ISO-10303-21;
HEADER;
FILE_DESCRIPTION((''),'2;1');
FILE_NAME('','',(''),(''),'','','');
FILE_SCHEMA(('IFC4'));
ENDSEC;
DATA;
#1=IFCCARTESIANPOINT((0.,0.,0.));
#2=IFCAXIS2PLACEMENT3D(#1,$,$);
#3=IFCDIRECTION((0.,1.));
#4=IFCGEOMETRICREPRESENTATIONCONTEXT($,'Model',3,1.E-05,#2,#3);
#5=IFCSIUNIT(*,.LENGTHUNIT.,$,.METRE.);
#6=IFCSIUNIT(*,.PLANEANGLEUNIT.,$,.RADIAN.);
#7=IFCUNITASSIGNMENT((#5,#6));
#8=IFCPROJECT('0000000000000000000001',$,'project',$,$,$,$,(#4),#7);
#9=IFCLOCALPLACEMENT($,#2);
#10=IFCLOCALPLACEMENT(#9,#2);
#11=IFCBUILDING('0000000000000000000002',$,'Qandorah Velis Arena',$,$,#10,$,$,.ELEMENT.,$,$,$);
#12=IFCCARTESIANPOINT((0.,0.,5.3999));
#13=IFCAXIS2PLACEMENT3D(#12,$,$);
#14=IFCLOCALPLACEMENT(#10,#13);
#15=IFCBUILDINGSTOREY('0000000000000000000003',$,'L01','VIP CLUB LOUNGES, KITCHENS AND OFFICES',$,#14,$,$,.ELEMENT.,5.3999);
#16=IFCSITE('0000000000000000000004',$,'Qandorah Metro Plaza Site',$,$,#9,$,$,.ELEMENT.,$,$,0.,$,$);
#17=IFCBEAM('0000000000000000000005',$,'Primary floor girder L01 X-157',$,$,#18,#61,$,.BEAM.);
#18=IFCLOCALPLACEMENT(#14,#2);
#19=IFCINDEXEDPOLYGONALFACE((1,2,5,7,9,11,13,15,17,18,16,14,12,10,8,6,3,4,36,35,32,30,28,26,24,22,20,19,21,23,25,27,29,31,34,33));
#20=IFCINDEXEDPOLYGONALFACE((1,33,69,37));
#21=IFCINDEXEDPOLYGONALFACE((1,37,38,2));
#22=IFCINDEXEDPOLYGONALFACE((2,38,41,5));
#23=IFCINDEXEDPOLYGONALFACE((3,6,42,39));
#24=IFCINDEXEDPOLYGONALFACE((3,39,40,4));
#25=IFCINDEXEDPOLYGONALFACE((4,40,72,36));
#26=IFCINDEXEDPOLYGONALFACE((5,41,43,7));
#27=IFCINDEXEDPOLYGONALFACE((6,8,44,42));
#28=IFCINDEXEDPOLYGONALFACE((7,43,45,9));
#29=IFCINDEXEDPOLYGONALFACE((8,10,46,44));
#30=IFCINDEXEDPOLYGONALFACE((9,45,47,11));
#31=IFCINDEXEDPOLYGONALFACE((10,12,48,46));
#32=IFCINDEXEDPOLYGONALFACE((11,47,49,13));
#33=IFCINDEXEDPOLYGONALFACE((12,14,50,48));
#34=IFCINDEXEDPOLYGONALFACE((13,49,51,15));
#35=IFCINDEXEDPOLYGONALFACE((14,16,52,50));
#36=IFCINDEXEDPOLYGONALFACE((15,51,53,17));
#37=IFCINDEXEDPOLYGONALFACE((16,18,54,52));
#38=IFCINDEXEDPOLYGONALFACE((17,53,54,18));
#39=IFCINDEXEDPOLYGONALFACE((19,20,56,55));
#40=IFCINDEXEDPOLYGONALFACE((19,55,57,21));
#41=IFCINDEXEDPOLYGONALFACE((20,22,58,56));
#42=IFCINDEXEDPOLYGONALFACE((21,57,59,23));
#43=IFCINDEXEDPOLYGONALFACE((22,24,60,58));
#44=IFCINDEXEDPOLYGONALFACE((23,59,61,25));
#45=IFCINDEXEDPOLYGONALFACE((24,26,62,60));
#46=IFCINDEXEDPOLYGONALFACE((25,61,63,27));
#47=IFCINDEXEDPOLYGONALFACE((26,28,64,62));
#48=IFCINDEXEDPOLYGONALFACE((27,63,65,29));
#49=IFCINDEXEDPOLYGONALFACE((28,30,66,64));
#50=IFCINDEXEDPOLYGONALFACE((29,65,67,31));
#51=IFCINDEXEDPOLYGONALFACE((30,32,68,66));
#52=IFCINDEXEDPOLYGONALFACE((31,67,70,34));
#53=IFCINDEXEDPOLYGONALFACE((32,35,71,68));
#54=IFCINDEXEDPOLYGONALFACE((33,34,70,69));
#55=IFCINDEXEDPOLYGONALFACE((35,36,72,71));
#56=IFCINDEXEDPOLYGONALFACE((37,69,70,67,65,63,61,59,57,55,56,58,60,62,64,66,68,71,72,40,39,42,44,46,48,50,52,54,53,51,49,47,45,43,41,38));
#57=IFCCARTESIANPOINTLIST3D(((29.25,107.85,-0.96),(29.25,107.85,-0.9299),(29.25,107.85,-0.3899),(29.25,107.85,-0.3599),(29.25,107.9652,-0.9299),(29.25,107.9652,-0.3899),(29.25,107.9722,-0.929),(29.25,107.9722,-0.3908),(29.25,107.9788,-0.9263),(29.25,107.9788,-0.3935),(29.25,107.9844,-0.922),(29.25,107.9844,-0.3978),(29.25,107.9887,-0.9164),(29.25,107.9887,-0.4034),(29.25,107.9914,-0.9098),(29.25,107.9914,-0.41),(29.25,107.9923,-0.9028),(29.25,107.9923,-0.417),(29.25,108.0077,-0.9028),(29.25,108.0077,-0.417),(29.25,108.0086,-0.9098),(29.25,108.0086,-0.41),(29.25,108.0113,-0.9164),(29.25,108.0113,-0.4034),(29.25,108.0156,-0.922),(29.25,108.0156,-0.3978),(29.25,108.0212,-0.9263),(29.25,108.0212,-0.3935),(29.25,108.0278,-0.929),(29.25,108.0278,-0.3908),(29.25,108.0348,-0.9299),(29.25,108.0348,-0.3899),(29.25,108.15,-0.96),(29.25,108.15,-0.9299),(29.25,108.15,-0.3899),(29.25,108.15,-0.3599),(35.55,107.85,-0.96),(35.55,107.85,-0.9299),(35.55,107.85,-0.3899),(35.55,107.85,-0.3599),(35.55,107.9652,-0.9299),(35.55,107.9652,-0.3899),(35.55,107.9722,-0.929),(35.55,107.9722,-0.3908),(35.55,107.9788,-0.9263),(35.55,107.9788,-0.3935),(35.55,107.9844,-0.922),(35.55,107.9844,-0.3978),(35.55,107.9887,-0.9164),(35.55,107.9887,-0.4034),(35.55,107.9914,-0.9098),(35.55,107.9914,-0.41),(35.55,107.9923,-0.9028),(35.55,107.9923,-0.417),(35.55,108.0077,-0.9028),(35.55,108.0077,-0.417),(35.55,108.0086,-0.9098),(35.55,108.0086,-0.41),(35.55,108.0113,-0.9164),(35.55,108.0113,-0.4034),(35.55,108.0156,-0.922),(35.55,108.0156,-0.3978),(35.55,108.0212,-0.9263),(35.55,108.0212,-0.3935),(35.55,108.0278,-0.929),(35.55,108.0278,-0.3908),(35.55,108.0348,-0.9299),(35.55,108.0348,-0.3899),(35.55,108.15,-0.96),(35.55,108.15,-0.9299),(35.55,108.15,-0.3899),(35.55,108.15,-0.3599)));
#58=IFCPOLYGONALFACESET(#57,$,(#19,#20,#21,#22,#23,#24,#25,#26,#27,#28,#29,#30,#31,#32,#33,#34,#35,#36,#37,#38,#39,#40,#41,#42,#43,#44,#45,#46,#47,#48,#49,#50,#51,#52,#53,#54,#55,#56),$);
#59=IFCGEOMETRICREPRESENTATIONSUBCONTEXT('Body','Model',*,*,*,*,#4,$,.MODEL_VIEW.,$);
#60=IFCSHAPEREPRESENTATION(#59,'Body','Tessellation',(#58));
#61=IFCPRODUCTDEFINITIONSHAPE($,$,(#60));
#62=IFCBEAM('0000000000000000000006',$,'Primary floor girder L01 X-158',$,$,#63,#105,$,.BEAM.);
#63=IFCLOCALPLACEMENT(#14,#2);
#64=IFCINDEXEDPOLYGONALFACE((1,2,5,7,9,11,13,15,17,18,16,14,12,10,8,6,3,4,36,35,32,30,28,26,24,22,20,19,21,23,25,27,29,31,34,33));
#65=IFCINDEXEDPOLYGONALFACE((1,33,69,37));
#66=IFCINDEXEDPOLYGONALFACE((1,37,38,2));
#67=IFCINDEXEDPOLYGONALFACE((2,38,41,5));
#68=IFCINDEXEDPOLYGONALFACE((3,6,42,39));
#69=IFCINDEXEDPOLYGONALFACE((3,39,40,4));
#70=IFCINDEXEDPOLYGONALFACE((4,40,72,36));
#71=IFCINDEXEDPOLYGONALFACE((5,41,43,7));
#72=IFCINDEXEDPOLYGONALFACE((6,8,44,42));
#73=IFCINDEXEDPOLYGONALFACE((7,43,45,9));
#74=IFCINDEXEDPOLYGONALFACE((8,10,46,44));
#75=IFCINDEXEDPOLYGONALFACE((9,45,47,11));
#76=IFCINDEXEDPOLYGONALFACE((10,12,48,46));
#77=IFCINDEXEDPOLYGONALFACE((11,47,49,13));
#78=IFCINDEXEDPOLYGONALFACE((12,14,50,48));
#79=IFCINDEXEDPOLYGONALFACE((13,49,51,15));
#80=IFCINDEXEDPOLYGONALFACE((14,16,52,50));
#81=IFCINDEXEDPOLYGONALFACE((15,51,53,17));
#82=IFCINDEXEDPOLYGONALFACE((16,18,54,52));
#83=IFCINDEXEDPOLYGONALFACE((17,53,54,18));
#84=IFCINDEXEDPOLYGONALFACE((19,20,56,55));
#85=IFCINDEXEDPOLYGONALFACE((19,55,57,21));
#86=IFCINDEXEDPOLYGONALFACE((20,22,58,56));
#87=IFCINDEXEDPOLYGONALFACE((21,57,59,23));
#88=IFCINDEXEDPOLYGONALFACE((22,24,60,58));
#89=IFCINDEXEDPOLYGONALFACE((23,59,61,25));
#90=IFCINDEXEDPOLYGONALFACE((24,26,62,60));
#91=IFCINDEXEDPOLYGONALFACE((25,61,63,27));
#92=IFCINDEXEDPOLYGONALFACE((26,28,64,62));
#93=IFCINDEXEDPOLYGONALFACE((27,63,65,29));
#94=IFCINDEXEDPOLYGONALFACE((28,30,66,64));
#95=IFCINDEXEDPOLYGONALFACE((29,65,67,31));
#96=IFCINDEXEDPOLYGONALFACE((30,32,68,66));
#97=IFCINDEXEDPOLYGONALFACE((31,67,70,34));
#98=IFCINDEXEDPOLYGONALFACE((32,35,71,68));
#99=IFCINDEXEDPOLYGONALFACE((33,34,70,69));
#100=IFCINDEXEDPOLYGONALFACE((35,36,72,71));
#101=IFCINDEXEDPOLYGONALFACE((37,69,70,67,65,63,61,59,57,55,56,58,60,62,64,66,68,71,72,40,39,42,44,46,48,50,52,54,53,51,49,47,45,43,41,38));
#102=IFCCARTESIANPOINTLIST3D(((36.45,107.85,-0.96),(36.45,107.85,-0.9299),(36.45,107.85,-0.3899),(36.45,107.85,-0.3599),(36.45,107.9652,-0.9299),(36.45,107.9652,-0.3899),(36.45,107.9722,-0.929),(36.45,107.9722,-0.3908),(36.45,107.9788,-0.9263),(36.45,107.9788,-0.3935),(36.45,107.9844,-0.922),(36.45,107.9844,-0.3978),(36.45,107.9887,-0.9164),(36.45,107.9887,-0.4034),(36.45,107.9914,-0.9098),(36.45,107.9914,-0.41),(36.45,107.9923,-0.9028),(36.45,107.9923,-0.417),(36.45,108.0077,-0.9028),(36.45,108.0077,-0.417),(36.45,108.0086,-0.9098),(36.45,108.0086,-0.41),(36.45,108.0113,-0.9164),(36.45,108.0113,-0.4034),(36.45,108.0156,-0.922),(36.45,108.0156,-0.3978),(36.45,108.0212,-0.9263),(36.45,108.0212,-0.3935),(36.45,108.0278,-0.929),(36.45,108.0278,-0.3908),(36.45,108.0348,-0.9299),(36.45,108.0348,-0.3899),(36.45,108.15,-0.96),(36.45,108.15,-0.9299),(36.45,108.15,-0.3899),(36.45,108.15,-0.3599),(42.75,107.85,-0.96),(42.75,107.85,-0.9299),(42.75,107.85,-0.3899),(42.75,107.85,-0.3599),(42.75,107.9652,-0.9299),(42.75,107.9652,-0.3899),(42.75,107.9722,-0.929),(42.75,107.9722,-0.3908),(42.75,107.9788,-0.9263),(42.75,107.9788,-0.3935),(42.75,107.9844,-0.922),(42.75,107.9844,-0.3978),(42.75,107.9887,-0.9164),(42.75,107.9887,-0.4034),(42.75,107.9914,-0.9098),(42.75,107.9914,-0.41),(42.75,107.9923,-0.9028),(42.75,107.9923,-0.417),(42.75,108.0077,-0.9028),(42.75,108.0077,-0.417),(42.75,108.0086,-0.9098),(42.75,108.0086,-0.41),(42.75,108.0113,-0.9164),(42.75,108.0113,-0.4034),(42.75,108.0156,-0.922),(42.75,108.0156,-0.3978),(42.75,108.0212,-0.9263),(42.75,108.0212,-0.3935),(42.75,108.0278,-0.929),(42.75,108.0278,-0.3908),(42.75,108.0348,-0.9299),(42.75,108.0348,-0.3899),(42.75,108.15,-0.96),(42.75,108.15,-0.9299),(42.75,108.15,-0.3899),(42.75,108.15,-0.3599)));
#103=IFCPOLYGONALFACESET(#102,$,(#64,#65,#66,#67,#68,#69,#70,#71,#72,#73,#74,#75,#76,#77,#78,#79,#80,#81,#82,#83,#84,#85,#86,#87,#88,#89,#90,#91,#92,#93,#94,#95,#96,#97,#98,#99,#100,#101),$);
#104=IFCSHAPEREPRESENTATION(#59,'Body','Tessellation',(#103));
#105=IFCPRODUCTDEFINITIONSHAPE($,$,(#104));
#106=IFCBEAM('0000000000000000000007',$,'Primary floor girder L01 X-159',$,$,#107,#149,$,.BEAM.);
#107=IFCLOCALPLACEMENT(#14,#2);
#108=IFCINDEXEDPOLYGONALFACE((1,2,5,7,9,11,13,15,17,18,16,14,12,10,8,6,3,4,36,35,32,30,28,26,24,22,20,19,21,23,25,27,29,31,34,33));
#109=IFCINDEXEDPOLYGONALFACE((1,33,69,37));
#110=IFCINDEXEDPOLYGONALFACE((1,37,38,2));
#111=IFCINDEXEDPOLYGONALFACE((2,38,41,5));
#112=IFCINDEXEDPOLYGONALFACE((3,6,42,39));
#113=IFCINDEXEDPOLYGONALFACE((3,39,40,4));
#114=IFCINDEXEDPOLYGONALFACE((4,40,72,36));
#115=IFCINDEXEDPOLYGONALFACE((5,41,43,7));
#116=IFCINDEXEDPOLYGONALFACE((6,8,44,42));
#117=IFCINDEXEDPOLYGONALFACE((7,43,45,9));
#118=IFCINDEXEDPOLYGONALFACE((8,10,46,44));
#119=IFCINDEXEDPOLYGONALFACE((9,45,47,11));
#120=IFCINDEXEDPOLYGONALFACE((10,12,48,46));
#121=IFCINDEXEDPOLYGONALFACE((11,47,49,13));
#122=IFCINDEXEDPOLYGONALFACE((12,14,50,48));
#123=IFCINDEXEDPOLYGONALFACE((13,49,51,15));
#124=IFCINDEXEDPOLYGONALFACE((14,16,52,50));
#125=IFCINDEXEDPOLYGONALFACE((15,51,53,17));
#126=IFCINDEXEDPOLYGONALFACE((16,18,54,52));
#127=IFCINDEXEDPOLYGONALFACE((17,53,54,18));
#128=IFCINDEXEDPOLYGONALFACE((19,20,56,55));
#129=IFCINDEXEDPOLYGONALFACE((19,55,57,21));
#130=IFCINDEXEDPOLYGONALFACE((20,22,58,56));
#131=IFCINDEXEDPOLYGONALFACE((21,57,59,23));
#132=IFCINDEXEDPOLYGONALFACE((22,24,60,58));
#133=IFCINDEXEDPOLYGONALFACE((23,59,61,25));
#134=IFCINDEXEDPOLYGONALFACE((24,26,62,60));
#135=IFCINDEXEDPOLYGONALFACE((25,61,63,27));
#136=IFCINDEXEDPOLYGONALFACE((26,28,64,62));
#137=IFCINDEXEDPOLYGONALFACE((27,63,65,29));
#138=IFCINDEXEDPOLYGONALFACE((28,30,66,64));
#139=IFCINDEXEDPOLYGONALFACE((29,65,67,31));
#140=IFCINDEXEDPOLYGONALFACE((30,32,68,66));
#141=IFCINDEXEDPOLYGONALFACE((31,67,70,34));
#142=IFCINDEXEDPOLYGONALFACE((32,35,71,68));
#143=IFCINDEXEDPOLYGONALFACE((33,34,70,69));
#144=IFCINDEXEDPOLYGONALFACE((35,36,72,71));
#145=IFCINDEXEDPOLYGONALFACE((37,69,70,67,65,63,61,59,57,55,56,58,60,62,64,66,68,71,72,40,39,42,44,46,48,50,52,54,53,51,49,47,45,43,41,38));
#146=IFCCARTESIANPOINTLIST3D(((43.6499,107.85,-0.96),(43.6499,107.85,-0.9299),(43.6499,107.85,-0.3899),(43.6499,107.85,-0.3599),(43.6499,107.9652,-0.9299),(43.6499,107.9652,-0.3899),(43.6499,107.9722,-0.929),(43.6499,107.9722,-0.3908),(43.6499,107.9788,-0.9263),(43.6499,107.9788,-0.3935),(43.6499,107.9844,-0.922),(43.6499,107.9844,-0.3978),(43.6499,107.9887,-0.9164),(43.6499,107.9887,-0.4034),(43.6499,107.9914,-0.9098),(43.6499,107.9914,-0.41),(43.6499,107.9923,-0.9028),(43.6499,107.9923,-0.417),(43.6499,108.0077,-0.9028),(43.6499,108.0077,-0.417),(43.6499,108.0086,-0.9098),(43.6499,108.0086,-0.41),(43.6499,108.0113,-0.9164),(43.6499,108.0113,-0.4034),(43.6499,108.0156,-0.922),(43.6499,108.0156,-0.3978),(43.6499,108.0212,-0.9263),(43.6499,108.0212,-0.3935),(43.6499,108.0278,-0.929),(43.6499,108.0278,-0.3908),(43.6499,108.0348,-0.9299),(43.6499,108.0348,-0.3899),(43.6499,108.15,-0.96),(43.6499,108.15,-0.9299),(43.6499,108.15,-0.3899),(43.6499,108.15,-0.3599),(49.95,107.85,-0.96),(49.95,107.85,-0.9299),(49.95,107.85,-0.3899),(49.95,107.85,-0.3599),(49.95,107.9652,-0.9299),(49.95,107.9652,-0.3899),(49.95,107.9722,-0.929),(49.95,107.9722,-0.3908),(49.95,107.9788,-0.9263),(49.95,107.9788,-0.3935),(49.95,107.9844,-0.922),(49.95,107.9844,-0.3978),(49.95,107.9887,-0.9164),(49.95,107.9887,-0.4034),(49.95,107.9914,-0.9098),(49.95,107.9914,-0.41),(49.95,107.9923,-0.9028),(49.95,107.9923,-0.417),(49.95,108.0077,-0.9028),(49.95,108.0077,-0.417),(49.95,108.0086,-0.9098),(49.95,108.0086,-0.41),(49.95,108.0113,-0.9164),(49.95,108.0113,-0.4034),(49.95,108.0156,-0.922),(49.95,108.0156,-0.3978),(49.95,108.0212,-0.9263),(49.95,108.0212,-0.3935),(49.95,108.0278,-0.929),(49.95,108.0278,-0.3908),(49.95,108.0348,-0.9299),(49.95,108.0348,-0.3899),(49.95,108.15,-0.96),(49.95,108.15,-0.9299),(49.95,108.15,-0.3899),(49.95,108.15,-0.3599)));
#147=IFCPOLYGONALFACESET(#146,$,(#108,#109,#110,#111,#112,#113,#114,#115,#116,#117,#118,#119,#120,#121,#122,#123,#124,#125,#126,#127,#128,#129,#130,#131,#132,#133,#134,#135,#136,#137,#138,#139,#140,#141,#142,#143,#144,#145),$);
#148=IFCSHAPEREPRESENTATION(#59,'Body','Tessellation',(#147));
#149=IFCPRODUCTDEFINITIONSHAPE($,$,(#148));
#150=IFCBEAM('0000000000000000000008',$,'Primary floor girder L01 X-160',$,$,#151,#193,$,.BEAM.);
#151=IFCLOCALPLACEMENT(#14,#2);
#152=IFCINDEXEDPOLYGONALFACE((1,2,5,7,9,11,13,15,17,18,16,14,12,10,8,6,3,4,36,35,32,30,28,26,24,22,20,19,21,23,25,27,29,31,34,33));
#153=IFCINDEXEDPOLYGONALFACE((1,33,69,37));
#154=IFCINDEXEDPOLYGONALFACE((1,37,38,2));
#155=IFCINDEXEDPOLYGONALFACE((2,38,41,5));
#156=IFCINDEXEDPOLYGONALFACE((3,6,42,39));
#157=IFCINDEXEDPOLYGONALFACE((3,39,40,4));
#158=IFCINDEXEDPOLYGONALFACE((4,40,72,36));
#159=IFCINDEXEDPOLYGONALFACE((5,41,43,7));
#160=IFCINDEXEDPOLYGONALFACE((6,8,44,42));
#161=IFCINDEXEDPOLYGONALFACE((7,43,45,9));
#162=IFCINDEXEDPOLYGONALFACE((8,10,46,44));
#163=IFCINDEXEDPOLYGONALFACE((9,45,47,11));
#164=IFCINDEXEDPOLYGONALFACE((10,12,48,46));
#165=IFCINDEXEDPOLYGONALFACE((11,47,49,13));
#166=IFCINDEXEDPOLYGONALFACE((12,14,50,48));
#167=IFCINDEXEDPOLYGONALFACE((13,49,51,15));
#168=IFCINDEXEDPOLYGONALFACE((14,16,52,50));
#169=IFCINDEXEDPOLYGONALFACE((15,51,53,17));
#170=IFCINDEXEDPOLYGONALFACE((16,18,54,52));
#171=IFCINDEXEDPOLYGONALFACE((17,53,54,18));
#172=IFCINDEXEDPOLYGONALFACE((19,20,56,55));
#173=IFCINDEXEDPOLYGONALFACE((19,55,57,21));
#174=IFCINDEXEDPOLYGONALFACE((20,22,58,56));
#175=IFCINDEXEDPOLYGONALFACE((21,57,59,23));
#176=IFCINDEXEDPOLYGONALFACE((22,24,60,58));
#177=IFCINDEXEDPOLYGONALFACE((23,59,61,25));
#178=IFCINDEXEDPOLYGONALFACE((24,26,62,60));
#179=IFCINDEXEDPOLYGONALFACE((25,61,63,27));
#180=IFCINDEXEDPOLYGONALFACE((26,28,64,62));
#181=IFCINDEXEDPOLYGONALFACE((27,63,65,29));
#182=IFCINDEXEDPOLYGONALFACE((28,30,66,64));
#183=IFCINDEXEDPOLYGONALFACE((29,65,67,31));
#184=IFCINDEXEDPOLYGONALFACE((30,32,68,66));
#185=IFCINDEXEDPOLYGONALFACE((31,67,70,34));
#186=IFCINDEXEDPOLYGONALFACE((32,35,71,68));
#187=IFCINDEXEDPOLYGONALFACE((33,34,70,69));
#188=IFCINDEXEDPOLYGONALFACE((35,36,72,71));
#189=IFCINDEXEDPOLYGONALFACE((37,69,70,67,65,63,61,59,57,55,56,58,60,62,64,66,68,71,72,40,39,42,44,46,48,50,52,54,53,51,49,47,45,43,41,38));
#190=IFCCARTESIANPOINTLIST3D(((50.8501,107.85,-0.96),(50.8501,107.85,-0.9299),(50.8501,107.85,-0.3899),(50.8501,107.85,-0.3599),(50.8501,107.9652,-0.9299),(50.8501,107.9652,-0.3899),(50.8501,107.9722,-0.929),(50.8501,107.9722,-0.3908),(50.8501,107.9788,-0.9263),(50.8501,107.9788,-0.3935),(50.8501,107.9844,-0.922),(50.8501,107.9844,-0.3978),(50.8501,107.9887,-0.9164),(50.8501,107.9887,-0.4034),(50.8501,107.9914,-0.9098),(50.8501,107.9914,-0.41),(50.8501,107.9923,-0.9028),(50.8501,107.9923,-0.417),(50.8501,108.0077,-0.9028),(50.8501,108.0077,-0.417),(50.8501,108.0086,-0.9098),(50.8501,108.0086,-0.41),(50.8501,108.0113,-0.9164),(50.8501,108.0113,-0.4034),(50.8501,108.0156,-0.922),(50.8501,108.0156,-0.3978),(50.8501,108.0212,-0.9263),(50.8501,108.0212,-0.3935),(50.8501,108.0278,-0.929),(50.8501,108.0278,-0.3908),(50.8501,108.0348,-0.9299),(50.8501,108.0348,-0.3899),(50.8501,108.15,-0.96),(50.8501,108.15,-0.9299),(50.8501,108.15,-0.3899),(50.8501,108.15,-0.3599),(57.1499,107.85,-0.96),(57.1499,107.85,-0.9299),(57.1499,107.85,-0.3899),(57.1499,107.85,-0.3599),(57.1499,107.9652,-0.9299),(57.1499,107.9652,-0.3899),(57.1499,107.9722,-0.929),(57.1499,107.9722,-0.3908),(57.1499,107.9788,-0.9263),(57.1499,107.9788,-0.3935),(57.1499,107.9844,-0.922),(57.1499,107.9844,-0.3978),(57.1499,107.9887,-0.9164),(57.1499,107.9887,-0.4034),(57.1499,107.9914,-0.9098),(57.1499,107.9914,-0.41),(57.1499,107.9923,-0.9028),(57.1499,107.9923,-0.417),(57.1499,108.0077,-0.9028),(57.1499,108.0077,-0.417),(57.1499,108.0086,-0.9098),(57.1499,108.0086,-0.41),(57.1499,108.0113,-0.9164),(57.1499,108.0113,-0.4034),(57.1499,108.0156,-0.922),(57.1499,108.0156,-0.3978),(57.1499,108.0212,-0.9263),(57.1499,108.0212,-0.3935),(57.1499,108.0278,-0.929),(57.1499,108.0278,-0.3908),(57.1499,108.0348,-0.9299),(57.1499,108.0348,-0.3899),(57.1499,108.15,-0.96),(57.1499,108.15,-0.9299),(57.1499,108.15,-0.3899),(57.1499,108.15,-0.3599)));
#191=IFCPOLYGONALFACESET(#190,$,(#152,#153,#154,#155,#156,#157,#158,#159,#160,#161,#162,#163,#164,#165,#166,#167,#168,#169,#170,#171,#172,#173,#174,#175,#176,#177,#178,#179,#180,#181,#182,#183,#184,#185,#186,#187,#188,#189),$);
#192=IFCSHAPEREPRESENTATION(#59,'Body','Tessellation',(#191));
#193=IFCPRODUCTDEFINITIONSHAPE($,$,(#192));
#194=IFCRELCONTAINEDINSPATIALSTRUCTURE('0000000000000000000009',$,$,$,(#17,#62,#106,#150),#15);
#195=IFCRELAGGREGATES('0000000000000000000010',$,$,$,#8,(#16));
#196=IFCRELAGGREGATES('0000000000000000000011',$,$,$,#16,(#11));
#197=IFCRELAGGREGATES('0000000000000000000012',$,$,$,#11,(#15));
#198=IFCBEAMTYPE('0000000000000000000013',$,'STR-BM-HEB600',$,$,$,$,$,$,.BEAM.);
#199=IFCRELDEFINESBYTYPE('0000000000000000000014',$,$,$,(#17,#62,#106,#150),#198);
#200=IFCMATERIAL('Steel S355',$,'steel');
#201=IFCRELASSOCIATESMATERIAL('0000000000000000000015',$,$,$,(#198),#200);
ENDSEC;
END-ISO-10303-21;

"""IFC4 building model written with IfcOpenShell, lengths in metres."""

from ifc_helpers import new_model, si_unit, direction, frame, origin, origin_2d, place, context, subcontext, project, spatial, i_section, extrude, material, material_profile, profile_set, type_object, element, save


model = new_model("IFC4")

# Units and contexts
model_context = context("Model", 3, precision=1e-05, world=origin(), true_north=direction((0.0, 1.0)))
body_context = subcontext(model_context, "Body", "Model", "MODEL_VIEW")
ifc_project = project(units=[si_unit("LENGTHUNIT", "METRE"), si_unit("PLANEANGLEUNIT", "RADIAN")], contexts=[model_context])

# Site, building, storey
site_placement = place(None, origin())
site = spatial("IfcSite", under=ifc_project, at=site_placement, Name="Qandorah Metro Plaza Site", CompositionType="ELEMENT", RefElevation=0.0)
building_placement = place(site_placement, origin())
building = spatial("IfcBuilding", under=site, at=building_placement, Name="Qandorah Velis Arena", CompositionType="ELEMENT")
storey_placement = place(building_placement, frame((0.0, 0.0, 5.3999)))
storey = spatial("IfcBuildingStorey", under=building, at=storey_placement, Name="L01", Description="VIP CLUB LOUNGES, KITCHENS AND OFFICES", CompositionType="ELEMENT", Elevation=5.3999)

# Beams
ifc_material_1 = material(Name="Steel S355", Category="steel")
ifc_material_profile_1 = material_profile(ifc_material_1, i_section(OverallWidth=0.3, OverallDepth=0.6001, WebThickness=0.0154, FlangeThickness=0.03, FilletRadius=0.0271, at=origin_2d()), Name="HEB 600")
ifc_profile_set_1 = profile_set([ifc_material_profile_1], Name="Steel S355")
beam_type_1 = type_object("IfcBeamType", Name="STR-BM-HEB600", PredefinedType="BEAM", material=ifc_profile_set_1)
for number, where, z_axis, x_axis, name in (
    (1, (29.25, 108.0, -0.6599), (1.0, 0.0, 0.0), (0.0, 1.0, 0.0), "Primary floor girder L01 X-157"),
    (2, (36.45, 108.0, -0.6599), (1.0, 0.0, 0.0), (0.0, 1.0, 0.0), "Primary floor girder L01 X-158"),
    (3, (43.6499, 108.0, -0.6599), (1.0, 0.0, 0.0), (0.0, 1.0, 0.0), "Primary floor girder L01 X-159"),
):
    element("IfcBeam", number, at=place(storey_placement, frame(where, z_axis=z_axis, x_axis=x_axis)), inside=storey, type_object=beam_type_1, Name=name, PredefinedType="BEAM", context=body_context, shape_type="SweptSolid", body=[
        extrude(i_section(OverallWidth=0.3, OverallDepth=0.6001, WebThickness=0.0154, FlangeThickness=0.03, FilletRadius=0.0271, at=origin_2d()), origin(), (0.0, 0.0, 1.0), 6.3),
    ])
beam_1_placement = place(storey_placement, frame((50.8501, 108.0, -0.6599), z_axis=(1.0, 0.0, 0.0), x_axis=(0.0, 1.0, 0.0)))
element("IfcBeam", 4, at=beam_1_placement, inside=storey, type_object=beam_type_1, Name="Primary floor girder L01 X-160", PredefinedType="BEAM", context=body_context, shape_type="SweptSolid", body=[
    extrude(i_section(OverallWidth=0.3, OverallDepth=0.6001, WebThickness=0.0154, FlangeThickness=0.03, FilletRadius=0.0271, at=origin_2d()), origin(), (0.0, 0.0, 1.0), 6.2998),
])

save(model, "model.ifc")
